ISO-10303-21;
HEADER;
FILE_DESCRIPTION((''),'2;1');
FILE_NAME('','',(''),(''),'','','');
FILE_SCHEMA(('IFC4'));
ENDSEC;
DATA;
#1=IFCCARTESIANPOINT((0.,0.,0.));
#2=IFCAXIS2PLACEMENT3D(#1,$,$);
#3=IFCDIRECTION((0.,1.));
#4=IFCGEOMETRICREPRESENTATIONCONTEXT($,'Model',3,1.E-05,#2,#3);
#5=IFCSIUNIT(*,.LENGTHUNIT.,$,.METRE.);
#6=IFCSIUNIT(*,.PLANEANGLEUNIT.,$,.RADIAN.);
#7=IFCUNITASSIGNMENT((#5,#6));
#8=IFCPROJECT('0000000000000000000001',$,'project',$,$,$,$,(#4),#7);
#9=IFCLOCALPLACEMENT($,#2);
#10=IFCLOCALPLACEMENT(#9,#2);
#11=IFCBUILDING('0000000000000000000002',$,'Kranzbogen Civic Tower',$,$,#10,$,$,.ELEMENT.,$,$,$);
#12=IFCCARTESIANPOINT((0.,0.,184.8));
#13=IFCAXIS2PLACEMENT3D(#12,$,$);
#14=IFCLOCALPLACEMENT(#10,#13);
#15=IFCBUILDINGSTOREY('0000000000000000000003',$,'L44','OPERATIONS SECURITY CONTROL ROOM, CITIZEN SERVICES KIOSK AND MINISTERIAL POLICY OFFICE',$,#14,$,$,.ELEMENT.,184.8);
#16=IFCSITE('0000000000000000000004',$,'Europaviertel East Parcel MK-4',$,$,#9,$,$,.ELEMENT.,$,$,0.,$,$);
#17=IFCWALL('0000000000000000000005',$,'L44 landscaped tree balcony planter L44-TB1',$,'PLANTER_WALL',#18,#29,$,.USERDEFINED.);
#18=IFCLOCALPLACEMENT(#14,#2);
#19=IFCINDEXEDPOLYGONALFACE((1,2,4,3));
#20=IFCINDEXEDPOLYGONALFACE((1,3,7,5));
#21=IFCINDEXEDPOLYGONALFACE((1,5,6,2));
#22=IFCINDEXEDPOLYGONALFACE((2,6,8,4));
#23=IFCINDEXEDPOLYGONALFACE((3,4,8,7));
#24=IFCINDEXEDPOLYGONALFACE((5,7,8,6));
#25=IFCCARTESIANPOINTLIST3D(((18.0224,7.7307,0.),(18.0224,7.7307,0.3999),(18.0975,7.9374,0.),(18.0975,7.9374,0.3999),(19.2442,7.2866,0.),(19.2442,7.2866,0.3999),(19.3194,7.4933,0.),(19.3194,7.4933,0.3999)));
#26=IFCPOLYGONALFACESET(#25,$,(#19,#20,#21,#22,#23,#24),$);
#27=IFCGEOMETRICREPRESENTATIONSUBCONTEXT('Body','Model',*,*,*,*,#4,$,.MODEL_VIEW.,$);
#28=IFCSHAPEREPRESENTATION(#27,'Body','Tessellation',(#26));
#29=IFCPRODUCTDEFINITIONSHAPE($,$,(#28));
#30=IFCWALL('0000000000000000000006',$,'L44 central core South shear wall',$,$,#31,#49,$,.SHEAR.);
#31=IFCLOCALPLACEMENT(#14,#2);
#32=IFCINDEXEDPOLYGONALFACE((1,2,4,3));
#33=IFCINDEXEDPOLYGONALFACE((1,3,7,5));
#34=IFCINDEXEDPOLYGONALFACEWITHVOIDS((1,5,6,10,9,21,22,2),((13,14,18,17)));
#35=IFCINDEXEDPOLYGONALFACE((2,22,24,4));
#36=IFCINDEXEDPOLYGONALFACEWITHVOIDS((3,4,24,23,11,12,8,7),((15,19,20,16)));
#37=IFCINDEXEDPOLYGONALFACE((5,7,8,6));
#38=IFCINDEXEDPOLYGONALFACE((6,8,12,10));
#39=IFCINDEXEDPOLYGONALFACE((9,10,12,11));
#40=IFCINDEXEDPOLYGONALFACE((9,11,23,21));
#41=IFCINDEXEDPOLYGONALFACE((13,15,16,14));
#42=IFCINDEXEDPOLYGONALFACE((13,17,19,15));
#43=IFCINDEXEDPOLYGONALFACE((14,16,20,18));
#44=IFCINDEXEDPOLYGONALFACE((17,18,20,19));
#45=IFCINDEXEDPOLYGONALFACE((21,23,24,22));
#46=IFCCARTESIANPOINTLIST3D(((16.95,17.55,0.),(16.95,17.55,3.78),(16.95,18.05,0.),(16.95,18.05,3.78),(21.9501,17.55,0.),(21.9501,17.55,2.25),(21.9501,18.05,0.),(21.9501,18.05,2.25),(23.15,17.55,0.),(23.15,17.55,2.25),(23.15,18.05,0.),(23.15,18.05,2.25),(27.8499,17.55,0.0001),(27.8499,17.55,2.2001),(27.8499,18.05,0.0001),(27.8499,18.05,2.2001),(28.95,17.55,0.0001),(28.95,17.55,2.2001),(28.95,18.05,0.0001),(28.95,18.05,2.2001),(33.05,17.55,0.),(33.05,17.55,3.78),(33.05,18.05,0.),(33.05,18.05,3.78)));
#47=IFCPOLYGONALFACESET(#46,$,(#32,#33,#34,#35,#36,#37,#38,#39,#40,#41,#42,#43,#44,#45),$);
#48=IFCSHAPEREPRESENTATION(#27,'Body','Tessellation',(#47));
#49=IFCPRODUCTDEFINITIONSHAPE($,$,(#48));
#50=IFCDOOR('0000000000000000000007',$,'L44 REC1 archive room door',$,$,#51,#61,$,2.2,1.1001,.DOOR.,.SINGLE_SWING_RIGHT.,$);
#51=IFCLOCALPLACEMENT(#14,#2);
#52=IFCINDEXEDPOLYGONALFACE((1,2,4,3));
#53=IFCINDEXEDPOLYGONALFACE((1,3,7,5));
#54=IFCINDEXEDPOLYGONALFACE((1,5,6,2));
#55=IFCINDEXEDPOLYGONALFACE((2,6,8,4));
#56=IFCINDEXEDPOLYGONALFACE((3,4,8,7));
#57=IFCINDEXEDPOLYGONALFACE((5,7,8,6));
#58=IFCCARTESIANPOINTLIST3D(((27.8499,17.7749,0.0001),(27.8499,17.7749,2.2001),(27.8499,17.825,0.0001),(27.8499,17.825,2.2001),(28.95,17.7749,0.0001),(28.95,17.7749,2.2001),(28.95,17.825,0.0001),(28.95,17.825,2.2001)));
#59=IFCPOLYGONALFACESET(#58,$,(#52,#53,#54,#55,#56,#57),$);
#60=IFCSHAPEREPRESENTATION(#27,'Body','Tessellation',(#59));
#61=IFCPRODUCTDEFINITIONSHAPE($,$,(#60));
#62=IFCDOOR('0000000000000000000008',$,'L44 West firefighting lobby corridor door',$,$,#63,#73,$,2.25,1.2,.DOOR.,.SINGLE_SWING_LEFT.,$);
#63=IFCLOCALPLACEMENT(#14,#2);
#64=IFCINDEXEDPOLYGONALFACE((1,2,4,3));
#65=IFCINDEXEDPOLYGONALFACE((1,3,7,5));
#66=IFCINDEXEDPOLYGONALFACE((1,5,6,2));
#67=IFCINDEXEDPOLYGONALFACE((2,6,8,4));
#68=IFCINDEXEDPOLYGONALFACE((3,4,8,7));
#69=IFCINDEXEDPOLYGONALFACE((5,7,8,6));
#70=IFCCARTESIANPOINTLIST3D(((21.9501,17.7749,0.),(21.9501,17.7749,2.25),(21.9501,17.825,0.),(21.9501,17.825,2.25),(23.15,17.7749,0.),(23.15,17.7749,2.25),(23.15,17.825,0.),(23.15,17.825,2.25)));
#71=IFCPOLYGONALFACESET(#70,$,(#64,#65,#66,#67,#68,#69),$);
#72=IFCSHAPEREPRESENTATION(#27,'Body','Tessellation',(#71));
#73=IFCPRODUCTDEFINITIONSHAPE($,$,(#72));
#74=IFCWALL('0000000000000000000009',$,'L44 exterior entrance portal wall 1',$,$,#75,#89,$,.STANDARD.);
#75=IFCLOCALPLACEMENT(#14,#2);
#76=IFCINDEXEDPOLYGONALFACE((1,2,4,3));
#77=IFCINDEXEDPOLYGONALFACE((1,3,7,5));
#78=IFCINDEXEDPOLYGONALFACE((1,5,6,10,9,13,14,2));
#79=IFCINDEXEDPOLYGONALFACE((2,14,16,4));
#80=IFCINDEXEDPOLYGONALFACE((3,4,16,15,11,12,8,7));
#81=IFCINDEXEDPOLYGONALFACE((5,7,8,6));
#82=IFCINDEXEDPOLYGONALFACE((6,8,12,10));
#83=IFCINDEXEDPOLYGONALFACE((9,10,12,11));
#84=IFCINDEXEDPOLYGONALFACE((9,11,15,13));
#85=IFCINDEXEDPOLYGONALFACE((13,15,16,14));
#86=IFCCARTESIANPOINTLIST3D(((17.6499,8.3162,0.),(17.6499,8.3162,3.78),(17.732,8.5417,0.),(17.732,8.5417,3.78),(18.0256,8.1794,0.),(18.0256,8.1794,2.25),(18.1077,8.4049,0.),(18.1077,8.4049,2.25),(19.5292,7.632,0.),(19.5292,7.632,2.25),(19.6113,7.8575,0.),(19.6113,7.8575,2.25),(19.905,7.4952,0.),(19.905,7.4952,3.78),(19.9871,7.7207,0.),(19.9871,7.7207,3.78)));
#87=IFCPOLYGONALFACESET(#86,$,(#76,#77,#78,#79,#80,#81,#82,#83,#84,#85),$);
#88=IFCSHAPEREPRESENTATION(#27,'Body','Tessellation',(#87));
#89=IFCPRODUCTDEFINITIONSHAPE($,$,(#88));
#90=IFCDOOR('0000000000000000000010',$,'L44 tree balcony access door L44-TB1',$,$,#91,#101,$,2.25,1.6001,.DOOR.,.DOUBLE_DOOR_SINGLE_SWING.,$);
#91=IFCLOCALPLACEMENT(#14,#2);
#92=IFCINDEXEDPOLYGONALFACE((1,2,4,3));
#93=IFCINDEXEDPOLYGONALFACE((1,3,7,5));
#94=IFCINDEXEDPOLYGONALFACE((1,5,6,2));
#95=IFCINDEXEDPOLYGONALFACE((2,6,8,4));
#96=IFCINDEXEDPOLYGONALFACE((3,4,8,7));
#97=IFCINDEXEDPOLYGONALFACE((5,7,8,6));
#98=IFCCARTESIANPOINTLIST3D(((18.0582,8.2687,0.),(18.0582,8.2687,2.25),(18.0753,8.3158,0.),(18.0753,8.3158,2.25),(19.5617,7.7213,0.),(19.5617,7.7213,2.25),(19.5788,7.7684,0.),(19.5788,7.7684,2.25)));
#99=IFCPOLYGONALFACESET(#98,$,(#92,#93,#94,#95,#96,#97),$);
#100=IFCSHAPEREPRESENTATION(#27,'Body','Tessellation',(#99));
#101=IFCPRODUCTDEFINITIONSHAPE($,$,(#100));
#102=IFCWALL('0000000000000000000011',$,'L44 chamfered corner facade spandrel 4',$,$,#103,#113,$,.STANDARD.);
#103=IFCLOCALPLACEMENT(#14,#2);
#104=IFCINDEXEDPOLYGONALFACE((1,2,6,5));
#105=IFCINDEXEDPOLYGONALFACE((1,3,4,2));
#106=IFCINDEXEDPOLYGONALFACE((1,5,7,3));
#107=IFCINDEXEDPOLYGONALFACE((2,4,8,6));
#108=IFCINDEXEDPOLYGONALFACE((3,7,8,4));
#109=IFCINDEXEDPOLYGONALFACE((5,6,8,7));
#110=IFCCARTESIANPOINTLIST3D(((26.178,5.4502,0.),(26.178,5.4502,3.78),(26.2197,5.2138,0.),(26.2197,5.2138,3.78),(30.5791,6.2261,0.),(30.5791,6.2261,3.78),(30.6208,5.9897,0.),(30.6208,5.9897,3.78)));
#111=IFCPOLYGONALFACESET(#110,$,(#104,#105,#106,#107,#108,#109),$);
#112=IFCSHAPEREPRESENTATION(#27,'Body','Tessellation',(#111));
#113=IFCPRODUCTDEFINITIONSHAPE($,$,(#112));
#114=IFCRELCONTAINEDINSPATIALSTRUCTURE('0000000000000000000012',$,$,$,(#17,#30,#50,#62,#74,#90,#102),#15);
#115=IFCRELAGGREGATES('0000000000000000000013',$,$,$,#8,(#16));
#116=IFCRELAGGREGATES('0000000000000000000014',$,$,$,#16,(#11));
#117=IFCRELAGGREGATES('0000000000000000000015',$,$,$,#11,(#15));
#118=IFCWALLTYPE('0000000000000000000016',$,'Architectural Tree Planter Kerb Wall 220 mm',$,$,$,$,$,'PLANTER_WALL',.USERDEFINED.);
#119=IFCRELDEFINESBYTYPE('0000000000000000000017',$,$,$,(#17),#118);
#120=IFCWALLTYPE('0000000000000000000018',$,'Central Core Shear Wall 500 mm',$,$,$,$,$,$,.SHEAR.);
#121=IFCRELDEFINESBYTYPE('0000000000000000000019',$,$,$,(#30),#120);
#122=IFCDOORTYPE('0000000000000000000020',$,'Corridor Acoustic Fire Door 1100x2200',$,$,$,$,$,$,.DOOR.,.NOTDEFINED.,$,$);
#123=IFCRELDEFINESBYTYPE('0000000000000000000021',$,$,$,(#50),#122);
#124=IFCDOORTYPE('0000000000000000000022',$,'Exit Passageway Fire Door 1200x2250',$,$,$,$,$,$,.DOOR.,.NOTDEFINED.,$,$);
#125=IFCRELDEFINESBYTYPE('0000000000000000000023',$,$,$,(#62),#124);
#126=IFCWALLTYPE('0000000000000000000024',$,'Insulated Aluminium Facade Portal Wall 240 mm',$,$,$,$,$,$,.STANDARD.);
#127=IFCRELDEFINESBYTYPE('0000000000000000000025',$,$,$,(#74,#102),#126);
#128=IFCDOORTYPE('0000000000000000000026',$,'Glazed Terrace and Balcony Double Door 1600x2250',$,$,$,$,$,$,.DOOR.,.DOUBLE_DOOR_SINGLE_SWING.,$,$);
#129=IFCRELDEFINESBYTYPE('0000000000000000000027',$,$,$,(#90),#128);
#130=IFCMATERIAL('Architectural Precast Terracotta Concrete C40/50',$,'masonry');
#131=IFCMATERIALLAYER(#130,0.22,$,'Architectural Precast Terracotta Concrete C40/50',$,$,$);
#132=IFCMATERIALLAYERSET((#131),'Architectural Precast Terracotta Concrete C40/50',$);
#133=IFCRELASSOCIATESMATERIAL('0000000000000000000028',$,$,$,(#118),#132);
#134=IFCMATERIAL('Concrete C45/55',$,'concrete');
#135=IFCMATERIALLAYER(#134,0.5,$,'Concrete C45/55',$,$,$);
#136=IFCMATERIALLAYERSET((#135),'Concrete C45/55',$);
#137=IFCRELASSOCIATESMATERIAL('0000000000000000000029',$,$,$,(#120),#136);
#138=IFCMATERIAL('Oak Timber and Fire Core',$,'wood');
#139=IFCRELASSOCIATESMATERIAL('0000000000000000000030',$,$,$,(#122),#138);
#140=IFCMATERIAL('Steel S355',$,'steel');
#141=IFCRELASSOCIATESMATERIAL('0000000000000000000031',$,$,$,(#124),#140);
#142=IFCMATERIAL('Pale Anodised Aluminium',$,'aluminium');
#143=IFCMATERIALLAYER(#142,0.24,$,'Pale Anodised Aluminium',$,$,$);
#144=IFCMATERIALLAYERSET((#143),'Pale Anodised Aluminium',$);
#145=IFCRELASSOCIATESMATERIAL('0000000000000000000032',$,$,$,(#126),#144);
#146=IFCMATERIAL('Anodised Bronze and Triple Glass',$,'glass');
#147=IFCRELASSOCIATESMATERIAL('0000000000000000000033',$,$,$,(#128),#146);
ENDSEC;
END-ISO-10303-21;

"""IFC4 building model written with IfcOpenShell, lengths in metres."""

from ifc_helpers import new_model, si_unit, direction, frame, frame_2d, origin, place, context, subcontext, project, spatial, rectangle, extrude, material, layer, layer_set, type_object, element, fill, save


model = new_model("IFC4")

# Units and contexts
model_context = context("Model", 3, precision=1e-05, world=origin(), true_north=direction((0.0, 1.0)))
body_context = subcontext(model_context, "Body", "Model", "MODEL_VIEW")
ifc_project = project(units=[si_unit("LENGTHUNIT", "METRE"), si_unit("PLANEANGLEUNIT", "RADIAN")], contexts=[model_context])

# Site, building, storey
site_placement = place(None, origin())
site = spatial("IfcSite", under=ifc_project, at=site_placement, Name="Europaviertel East Parcel MK-4", CompositionType="ELEMENT", RefElevation=0.0)
building_placement = place(site_placement, origin())
building = spatial("IfcBuilding", under=site, at=building_placement, Name="Kranzbogen Civic Tower", CompositionType="ELEMENT")
storey_placement = place(building_placement, frame((0.0, 0.0, 184.8)))
storey = spatial("IfcBuildingStorey", under=building, at=storey_placement, Name="L44", Description="OPERATIONS SECURITY CONTROL ROOM, CITIZEN SERVICES KIOSK AND MINISTERIAL POLICY OFFICE", CompositionType="ELEMENT", Elevation=184.8)

# Shared definitions
ifc_material_1 = material(Name="Pale Anodised Aluminium", Category="aluminium")

# Shared definitions
ifc_material_2 = material(Name="Steel S355", Category="steel")

# Wall
ifc_material_3 = material(Name="Architectural Precast Terracotta Concrete C40/50", Category="masonry")
ifc_layer_1 = layer(ifc_material_3, 0.22, Name="Architectural Precast Terracotta Concrete C40/50")
ifc_layer_set_1 = layer_set([ifc_layer_1], Name="Architectural Precast Terracotta Concrete C40/50")
wall_type_1 = type_object("IfcWallType", Name="Architectural Tree Planter Kerb Wall 220 mm", ElementType="PLANTER_WALL", PredefinedType="USERDEFINED", material=ifc_layer_set_1)
wall_1_placement = place(storey_placement, frame((18.0601, 7.834, 0.0), z_axis=(0.0, 0.0, 1.0), x_axis=(0.939854, -0.341577, 0.0)))
element("IfcWall", 1, at=wall_1_placement, inside=storey, type_object=wall_type_1, Name="L44 landscaped tree balcony planter L44-TB1", ObjectType="PLANTER_WALL", PredefinedType="USERDEFINED", context=body_context, shape_type="SweptSolid", body=[
    extrude(rectangle(XDim=1.3, YDim=0.22, at=frame_2d((0.6499, 0.0))), origin(), (0.0, 0.0, 1.0), 0.3999),
])

# Wall, openings, doors
ifc_material_4 = material(Name="Concrete C45/55", Category="concrete")
ifc_layer_2 = layer(ifc_material_4, 0.5, Name="Concrete C45/55")
ifc_layer_set_2 = layer_set([ifc_layer_2], Name="Concrete C45/55")
wall_type_2 = type_object("IfcWallType", Name="Central Core Shear Wall 500 mm", PredefinedType="SHEAR", material=ifc_layer_set_2)
wall_2_placement = place(storey_placement, frame((16.95, 17.8, 0.0), z_axis=(0.0, 0.0, 1.0), x_axis=(1.0, 0.0, 0.0)))
wall_2 = element("IfcWall", 2, at=wall_2_placement, inside=storey, type_object=wall_type_2, Name="L44 central core South shear wall", PredefinedType="SHEAR", context=body_context, shape_type="SweptSolid", body=[
    extrude(rectangle(XDim=16.1001, YDim=0.5, at=frame_2d((8.05, 0.0))), origin(), (0.0, 0.0, 1.0), 3.78),
])
opening_1_placement = place(wall_2_placement, frame((5.0, 0.0, 0.0)))
opening_1 = element("IfcOpeningElement", 3, at=opening_1_placement, cuts=wall_2, PredefinedType="OPENING", context=body_context, shape_type="SweptSolid", body=[
    extrude(rectangle(XDim=1.2, YDim=2.25, at=frame_2d((0.6001, 1.125))), frame((0.0, 0.26, 0.0), z_axis=(0.0, -1.0, 0.0), x_axis=(1.0, 0.0, 0.0)), (0.0, 0.0, 1.0), 0.52),
])
opening_2_placement = place(wall_2_placement, frame((10.8999, 0.0, 0.0)))
opening_2 = element("IfcOpeningElement", 4, at=opening_2_placement, cuts=wall_2, PredefinedType="OPENING", context=body_context, shape_type="SweptSolid", body=[
    extrude(rectangle(XDim=1.1001, YDim=2.2, at=frame_2d((0.55, 1.1001))), frame((0.0, 0.26, 0.0), z_axis=(0.0, -1.0, 0.0), x_axis=(1.0, 0.0, 0.0)), (0.0, 0.0, 1.0), 0.52),
])
ifc_material_5 = material(Name="Oak Timber and Fire Core", Category="wood")
door_type_1 = type_object("IfcDoorType", Name="Corridor Acoustic Fire Door 1100x2200", OperationType="NOTDEFINED", PredefinedType="DOOR", material=ifc_material_5)
door_1_placement = place(opening_2_placement, origin())
door_1 = element("IfcDoor", 5, at=door_1_placement, inside=storey, type_object=door_type_1, Name="L44 REC1 archive room door", OperationType="SINGLE_SWING_RIGHT", OverallHeight=2.2, OverallWidth=1.1001, PredefinedType="DOOR", context=body_context, shape_type="SweptSolid", body=[
    extrude(rectangle(XDim=1.1001, YDim=2.2, at=frame_2d((0.55, 1.1001))), frame((0.0, 0.0249, 0.0), z_axis=(0.0, -1.0, 0.0), x_axis=(1.0, 0.0, 0.0)), (0.0, 0.0, 1.0), 0.05),
])
fill(opening_2, door_1)
door_type_2 = type_object("IfcDoorType", Name="Exit Passageway Fire Door 1200x2250", OperationType="NOTDEFINED", PredefinedType="DOOR", material=ifc_material_2)
door_2_placement = place(opening_1_placement, origin())
door_2 = element("IfcDoor", 6, at=door_2_placement, inside=storey, type_object=door_type_2, Name="L44 West firefighting lobby corridor door", OperationType="SINGLE_SWING_LEFT", OverallHeight=2.25, OverallWidth=1.2, PredefinedType="DOOR", context=body_context, shape_type="SweptSolid", body=[
    extrude(rectangle(XDim=1.2, YDim=2.25, at=frame_2d((0.6001, 1.125))), frame((0.0, 0.0249, 0.0), z_axis=(0.0, -1.0, 0.0), x_axis=(1.0, 0.0, 0.0)), (0.0, 0.0, 1.0), 0.05),
])
fill(opening_1, door_2)

# Wall, opening, door
ifc_layer_3 = layer(ifc_material_1, 0.24, Name="Pale Anodised Aluminium")
ifc_layer_set_3 = layer_set([ifc_layer_3], Name="Pale Anodised Aluminium")
wall_type_3 = type_object("IfcWallType", Name="Insulated Aluminium Facade Portal Wall 240 mm", PredefinedType="STANDARD", material=ifc_layer_set_3)
wall_3_placement = place(storey_placement, frame((17.6909, 8.429, 0.0), z_axis=(0.0, 0.0, 1.0), x_axis=(0.93966, -0.342111, 0.0)))
wall_3 = element("IfcWall", 7, at=wall_3_placement, inside=storey, type_object=wall_type_3, Name="L44 exterior entrance portal wall 1", PredefinedType="STANDARD", context=body_context, shape_type="SweptSolid", body=[
    extrude(rectangle(XDim=2.3999, YDim=0.24, at=frame_2d((1.2, 0.0))), origin(), (0.0, 0.0, 1.0), 3.78),
])
opening_3_placement = place(wall_3_placement, frame((0.3999, 0.0, 0.0)))
opening_3 = element("IfcOpeningElement", 8, at=opening_3_placement, cuts=wall_3, PredefinedType="OPENING", context=body_context, shape_type="SweptSolid", body=[
    extrude(rectangle(XDim=1.6001, YDim=2.25, at=frame_2d((0.8, 1.125))), frame((0.0, 0.1299, 0.0), z_axis=(0.0, -1.0, 0.0), x_axis=(1.0, 0.0, 0.0)), (0.0, 0.0, 1.0), 0.26),
])
ifc_material_6 = material(Name="Anodised Bronze and Triple Glass", Category="glass")
door_type_3 = type_object("IfcDoorType", Name="Glazed Terrace and Balcony Double Door 1600x2250", OperationType="DOUBLE_DOOR_SINGLE_SWING", PredefinedType="DOOR", material=ifc_material_6)
door_3_placement = place(opening_3_placement, frame((1.6001, 0.0, 0.0), z_axis=(0.0, 0.0, 1.0), x_axis=(-1.0, 0.0, 0.0)))
door_3 = element("IfcDoor", 9, at=door_3_placement, inside=storey, type_object=door_type_3, Name="L44 tree balcony access door L44-TB1", OperationType="DOUBLE_DOOR_SINGLE_SWING", OverallHeight=2.25, OverallWidth=1.6001, PredefinedType="DOOR", context=body_context, shape_type="SweptSolid", body=[
    extrude(rectangle(XDim=1.6001, YDim=2.25, at=frame_2d((0.8, 1.125))), frame((0.0, 0.0249, 0.0), z_axis=(0.0, -1.0, 0.0), x_axis=(1.0, 0.0, 0.0)), (0.0, 0.0, 1.0), 0.05),
])
fill(opening_3, door_3)

# Wall
wall_4_placement = place(storey_placement, frame((26.199, 5.332, 0.0), z_axis=(0.0, 0.0, 1.0), x_axis=(0.984814, 0.173614, 0.0)))
element("IfcWall", 10, at=wall_4_placement, inside=storey, type_object=wall_type_3, Name="L44 chamfered corner facade spandrel 4", PredefinedType="STANDARD", context=body_context, shape_type="SweptSolid", body=[
    extrude(rectangle(XDim=4.469, YDim=0.24, at=frame_2d((2.2344, 0.0))), origin(), (0.0, 0.0, 1.0), 3.78),
])

save(model, "model.ifc")
